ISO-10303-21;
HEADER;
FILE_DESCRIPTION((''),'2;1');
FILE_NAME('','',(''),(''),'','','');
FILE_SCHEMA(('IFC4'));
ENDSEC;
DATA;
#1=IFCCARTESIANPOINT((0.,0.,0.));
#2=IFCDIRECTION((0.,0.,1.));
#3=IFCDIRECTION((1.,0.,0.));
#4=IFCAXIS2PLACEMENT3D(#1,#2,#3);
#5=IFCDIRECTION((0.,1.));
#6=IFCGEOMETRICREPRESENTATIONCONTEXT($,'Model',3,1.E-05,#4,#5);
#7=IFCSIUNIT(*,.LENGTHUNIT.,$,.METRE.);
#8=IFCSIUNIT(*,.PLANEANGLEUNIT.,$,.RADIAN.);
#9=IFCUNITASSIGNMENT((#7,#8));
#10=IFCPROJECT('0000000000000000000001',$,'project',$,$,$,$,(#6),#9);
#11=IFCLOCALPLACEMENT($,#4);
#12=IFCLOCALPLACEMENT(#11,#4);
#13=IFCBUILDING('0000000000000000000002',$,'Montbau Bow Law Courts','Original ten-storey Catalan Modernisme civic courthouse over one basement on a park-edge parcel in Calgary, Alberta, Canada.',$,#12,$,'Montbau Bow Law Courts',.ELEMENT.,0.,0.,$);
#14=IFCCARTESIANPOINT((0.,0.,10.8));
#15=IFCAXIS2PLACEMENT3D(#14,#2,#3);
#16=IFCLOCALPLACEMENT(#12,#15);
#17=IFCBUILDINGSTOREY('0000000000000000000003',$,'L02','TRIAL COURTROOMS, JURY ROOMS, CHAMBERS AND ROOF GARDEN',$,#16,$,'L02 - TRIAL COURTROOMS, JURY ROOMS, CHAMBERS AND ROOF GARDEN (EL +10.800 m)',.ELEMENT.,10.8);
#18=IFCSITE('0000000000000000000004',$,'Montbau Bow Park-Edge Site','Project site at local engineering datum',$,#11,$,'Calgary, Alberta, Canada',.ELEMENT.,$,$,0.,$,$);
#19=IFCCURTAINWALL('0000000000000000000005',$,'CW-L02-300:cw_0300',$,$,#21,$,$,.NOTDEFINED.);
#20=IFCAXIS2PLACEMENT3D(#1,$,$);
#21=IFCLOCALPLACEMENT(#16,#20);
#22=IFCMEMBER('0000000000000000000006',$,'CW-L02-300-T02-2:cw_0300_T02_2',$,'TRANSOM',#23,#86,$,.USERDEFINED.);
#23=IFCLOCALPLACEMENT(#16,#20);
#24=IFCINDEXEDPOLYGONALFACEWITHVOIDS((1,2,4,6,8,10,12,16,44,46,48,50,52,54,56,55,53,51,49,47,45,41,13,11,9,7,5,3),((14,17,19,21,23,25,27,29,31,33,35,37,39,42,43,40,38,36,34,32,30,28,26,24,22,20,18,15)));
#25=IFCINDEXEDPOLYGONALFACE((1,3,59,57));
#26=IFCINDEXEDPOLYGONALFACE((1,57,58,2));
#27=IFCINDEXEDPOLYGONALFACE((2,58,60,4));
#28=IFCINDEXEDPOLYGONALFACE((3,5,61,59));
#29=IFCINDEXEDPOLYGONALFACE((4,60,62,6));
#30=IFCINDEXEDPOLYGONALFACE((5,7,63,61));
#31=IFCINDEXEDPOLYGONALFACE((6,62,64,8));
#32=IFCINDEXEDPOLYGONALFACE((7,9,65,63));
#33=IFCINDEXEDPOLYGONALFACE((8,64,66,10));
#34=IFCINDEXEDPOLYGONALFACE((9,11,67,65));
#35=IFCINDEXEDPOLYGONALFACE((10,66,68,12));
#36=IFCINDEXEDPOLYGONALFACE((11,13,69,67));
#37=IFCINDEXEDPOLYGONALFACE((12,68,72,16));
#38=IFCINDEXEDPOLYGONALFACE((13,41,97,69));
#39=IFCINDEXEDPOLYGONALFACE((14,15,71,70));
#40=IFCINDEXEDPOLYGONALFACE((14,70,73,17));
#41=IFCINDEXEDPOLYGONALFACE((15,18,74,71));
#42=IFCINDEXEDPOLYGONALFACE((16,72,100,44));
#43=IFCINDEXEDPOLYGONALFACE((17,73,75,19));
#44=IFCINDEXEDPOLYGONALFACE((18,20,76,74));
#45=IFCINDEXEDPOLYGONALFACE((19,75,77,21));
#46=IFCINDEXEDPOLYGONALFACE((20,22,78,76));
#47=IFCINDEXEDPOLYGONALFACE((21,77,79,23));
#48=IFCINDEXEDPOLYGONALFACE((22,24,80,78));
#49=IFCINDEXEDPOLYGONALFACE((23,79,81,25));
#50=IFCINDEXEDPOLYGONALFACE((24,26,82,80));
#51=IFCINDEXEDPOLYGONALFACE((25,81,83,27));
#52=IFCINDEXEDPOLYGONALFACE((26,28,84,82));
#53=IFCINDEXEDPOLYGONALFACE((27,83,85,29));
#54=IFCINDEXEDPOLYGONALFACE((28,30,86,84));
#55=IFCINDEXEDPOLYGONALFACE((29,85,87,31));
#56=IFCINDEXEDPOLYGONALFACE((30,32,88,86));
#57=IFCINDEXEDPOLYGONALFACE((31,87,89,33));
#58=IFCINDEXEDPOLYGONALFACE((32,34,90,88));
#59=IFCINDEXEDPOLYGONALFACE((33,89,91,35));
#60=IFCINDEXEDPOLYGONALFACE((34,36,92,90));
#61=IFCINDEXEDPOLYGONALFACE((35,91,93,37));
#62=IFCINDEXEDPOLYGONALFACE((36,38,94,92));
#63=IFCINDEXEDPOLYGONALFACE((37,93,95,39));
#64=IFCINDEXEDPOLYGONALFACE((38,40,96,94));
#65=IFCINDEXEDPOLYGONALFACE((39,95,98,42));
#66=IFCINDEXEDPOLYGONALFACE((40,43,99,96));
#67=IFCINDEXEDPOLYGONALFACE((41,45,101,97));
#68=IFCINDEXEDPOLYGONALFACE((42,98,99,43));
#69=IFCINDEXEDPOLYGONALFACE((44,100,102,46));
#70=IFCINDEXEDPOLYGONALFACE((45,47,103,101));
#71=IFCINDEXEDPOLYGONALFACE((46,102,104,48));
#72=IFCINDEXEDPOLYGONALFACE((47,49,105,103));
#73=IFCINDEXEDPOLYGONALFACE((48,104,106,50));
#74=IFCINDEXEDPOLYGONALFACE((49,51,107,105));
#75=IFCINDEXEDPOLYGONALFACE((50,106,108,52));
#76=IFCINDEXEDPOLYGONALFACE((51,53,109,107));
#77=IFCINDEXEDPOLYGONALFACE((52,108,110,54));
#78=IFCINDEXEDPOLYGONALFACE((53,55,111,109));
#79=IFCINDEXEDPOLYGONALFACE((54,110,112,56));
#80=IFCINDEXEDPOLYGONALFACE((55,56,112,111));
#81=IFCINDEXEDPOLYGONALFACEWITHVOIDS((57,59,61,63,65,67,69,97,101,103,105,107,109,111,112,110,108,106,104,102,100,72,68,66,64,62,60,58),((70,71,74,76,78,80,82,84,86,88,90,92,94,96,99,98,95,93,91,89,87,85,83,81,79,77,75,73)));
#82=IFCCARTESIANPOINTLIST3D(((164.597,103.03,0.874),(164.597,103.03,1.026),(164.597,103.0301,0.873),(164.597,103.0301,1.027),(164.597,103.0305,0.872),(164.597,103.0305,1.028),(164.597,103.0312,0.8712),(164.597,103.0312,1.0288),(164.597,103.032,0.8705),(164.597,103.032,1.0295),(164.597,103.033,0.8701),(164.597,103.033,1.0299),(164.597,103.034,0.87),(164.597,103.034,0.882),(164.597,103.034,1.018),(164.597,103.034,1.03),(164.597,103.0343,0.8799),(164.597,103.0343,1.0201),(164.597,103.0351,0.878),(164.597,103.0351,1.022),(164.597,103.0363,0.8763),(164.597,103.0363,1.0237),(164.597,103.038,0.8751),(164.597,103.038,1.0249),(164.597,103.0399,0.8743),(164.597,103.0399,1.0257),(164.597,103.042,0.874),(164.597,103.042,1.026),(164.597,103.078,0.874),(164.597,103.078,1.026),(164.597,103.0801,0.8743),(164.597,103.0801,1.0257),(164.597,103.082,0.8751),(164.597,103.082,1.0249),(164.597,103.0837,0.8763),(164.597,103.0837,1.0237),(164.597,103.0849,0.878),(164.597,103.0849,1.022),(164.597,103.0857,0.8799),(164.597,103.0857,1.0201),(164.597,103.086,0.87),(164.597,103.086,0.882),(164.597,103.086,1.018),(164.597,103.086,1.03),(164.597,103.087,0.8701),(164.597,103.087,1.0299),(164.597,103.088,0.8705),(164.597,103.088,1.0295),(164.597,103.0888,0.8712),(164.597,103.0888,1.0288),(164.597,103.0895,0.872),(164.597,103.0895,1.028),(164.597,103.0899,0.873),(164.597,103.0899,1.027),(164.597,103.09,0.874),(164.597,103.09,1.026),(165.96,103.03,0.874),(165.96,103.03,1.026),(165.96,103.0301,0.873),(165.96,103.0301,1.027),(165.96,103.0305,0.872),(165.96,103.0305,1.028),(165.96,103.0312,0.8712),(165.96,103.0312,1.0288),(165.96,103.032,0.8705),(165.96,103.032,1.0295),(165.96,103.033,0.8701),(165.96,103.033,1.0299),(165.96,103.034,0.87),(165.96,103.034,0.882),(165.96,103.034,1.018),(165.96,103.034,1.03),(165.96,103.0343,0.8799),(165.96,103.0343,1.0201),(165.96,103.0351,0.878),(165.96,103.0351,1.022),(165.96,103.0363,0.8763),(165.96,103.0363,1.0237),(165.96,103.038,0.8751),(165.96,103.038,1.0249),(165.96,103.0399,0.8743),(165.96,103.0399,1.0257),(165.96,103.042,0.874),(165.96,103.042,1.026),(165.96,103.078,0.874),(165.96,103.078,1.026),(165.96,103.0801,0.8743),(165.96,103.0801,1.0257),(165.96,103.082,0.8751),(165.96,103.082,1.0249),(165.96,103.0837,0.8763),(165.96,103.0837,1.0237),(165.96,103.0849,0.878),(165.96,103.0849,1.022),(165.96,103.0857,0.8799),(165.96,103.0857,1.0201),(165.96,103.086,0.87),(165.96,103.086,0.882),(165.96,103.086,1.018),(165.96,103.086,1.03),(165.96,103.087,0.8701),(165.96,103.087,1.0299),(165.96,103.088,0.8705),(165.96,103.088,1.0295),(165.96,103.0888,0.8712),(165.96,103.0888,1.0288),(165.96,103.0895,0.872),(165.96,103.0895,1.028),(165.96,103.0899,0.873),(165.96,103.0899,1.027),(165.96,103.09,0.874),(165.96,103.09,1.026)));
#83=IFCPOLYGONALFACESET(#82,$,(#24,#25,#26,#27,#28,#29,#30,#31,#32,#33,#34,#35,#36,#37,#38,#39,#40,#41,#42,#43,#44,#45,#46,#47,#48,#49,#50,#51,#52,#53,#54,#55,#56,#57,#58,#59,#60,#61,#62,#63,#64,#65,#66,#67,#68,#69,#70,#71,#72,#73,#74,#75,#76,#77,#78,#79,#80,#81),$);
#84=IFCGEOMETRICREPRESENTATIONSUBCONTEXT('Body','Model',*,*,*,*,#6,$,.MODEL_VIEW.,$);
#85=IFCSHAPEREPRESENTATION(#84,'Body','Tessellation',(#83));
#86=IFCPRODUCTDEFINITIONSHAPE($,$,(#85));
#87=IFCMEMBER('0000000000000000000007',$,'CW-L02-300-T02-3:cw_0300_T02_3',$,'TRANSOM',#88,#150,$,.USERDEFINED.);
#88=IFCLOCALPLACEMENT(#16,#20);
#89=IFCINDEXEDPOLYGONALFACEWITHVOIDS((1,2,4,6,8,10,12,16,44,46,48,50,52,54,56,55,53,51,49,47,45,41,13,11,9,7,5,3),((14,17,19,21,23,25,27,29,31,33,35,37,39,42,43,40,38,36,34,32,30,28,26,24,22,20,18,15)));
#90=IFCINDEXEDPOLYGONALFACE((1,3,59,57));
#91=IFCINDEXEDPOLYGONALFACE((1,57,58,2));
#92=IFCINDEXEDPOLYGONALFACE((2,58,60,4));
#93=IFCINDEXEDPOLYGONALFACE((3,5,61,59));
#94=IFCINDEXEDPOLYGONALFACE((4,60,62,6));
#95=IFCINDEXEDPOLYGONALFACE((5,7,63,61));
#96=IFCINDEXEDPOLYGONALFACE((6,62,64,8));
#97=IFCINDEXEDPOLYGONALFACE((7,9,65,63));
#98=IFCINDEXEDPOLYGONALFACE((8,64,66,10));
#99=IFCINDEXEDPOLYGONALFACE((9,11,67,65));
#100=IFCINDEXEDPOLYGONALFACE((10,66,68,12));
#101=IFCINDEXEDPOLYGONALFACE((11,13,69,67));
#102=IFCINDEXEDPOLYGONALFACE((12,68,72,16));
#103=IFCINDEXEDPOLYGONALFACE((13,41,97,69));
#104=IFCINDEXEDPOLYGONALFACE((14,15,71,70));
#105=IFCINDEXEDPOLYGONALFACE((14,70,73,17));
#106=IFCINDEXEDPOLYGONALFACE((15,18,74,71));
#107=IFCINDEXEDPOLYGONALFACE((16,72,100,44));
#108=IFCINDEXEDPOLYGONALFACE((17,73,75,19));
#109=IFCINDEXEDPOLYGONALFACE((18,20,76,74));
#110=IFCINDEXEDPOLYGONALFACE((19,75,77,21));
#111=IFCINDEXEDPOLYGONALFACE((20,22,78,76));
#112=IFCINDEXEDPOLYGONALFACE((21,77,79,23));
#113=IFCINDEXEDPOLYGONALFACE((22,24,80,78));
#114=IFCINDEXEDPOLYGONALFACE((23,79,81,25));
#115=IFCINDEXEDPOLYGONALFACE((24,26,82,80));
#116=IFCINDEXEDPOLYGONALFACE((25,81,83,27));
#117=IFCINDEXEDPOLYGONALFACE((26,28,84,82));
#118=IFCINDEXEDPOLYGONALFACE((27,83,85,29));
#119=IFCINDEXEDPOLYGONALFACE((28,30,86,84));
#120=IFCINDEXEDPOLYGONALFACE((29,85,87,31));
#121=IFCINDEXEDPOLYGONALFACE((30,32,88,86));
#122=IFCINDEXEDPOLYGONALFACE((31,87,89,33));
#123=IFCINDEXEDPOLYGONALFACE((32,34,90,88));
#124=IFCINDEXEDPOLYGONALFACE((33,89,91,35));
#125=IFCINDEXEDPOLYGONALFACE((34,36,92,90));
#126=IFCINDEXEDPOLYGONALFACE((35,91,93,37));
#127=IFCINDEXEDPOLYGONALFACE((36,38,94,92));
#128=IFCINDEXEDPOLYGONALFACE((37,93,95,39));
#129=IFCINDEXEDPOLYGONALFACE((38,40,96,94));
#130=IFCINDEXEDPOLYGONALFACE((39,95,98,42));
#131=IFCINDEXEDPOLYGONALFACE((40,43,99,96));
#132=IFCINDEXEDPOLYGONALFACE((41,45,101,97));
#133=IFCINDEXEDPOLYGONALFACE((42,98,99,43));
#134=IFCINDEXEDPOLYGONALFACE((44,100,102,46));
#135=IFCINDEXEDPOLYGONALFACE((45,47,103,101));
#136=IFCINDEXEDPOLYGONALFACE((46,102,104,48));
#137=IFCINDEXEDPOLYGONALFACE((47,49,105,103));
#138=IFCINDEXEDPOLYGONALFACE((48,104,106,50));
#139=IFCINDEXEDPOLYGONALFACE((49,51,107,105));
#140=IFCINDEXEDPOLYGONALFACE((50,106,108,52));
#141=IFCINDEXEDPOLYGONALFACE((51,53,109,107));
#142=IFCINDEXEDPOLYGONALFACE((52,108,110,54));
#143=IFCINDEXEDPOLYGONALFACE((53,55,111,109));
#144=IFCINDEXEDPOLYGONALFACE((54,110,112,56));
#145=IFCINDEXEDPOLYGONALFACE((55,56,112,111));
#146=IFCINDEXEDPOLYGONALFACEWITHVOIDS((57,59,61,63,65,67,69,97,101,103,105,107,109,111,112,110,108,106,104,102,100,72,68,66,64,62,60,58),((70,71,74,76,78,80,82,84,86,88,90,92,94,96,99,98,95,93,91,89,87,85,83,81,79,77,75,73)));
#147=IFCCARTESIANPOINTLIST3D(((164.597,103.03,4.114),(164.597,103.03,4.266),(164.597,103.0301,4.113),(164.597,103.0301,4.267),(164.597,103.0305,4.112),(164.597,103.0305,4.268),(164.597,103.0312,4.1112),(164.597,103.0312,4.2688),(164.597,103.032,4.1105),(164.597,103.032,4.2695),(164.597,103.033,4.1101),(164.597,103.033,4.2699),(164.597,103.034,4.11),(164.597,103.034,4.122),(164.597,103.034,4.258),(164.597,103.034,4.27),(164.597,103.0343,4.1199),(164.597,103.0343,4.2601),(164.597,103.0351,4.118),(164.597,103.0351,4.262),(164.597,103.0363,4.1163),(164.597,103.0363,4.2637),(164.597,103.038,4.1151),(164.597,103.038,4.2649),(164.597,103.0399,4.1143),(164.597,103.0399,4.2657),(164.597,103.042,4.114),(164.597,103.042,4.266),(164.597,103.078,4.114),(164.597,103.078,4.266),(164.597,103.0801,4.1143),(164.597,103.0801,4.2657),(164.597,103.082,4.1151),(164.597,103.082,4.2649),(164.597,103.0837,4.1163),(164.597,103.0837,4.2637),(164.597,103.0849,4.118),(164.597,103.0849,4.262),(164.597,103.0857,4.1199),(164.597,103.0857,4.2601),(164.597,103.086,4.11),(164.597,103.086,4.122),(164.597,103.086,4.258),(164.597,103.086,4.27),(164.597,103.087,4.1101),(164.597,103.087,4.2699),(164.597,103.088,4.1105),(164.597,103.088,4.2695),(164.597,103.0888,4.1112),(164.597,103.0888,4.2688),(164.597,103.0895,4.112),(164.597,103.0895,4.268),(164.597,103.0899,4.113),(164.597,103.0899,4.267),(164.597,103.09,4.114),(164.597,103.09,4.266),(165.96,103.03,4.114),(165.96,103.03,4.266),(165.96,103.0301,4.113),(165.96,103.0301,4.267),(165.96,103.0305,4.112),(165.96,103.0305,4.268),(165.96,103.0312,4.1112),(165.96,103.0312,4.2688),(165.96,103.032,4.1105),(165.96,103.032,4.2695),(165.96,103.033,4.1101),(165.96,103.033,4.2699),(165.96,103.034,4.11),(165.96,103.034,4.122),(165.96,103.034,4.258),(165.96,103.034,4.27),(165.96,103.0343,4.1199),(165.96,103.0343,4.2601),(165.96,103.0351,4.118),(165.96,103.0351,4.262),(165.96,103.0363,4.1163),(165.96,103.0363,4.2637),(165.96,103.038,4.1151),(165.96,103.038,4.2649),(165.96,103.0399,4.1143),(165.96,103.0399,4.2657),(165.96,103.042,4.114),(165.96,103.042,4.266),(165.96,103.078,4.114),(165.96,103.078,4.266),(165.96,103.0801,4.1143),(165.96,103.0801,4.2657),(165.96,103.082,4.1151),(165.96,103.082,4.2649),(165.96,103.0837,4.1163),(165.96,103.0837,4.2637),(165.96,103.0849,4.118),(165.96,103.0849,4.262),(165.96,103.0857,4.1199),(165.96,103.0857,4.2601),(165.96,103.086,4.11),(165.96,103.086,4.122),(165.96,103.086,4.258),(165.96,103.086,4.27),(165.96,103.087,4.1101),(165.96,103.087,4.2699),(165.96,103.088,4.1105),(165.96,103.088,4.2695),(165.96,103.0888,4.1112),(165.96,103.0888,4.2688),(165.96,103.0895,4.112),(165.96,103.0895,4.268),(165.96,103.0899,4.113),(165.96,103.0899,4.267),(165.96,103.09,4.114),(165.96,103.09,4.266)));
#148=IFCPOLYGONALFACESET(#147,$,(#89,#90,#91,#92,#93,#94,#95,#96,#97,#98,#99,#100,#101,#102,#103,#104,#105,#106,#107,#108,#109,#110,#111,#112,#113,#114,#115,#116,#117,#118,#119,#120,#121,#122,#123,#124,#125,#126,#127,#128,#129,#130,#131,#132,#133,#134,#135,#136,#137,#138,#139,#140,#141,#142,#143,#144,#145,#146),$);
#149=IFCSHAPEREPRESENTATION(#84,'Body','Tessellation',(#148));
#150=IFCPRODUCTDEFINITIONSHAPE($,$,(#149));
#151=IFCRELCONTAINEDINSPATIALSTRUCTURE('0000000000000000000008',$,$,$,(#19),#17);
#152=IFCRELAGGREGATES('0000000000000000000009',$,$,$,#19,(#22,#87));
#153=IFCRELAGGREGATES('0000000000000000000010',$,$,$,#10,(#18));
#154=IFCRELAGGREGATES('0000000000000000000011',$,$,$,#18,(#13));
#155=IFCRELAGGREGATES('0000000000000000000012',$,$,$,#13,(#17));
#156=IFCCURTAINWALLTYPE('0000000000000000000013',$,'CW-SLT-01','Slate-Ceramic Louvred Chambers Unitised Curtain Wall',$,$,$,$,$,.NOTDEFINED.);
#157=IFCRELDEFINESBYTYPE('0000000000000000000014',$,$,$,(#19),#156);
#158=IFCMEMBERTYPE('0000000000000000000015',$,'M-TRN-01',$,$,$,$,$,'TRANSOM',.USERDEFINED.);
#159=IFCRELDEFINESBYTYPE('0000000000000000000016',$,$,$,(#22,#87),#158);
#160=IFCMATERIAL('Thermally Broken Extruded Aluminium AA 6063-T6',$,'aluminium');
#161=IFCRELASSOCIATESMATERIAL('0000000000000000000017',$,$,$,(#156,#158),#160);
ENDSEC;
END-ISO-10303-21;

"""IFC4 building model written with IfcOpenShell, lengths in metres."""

from ifc_helpers import new_model, si_unit, direction, frame, origin_with_axes, origin_2d_with_axis, place, context, subcontext, project, spatial, hollow_rectangle, extrude, material, material_profile, profile_set, type_object, element, aggregate, save


model = new_model("IFC4")

# Units and contexts
model_context = context("Model", 3, precision=1e-05, world=origin_with_axes(), true_north=direction((0.0, 1.0)))
body_context = subcontext(model_context, "Body", "Model", "MODEL_VIEW")
ifc_project = project(units=[si_unit("LENGTHUNIT", "METRE"), si_unit("PLANEANGLEUNIT", "RADIAN")], contexts=[model_context])

# Site, building, storey
site_placement = place(None, origin_with_axes())
site = spatial("IfcSite", under=ifc_project, at=site_placement, Name="Montbau Bow Park-Edge Site", Description="Project site at local engineering datum", LongName="Calgary, Alberta, Canada", CompositionType="ELEMENT", RefElevation=0.0)
building_placement = place(site_placement, origin_with_axes())
building = spatial("IfcBuilding", under=site, at=building_placement, Name="Montbau Bow Law Courts", Description="Original ten-storey Catalan Modernisme civic courthouse over one basement on a park-edge parcel in Calgary, Alberta, Canada.", LongName="Montbau Bow Law Courts", CompositionType="ELEMENT", ElevationOfRefHeight=0.0, ElevationOfTerrain=0.0)
storey_placement = place(building_placement, frame((0.0, 0.0, 10.8), z_axis=(0.0, 0.0, 1.0), x_axis=(1.0, 0.0, 0.0)))
storey = spatial("IfcBuildingStorey", under=building, at=storey_placement, Name="L02", Description="TRIAL COURTROOMS, JURY ROOMS, CHAMBERS AND ROOF GARDEN", LongName="L02 - TRIAL COURTROOMS, JURY ROOMS, CHAMBERS AND ROOF GARDEN (EL +10.800 m)", CompositionType="ELEMENT", Elevation=10.8)

# Curtain wall, members
ifc_material_1 = material(Name="Thermally Broken Extruded Aluminium AA 6063-T6", Category="aluminium")
curtain_wall_type = type_object("IfcCurtainWallType", Name="CW-SLT-01", Description="Slate-Ceramic Louvred Chambers Unitised Curtain Wall", PredefinedType="NOTDEFINED", material=ifc_material_1)
curtain_wall_placement = place(None, frame((163.115, 103.06, 10.8), z_axis=(0.0, 0.0, 1.0), x_axis=(1.0, 0.0, 0.0)))
curtain_wall = element("IfcCurtainWall", 1, at=curtain_wall_placement, inside=storey, type_object=curtain_wall_type, Name="CW-L02-300:cw_0300", PredefinedType="NOTDEFINED")
ifc_material_profile_1 = material_profile(ifc_material_1, hollow_rectangle(XDim=0.06, YDim=0.16, WallThickness=0.004, InnerFilletRadius=0.008, OuterFilletRadius=0.004, at=origin_2d_with_axis()), Name="CWT-160X60", Category="Main", Priority=0)
ifc_profile_set_1 = profile_set([ifc_material_profile_1], Name="Thermally Broken Extruded Aluminium AA 6063-T6")
member_type_1 = type_object("IfcMemberType", Name="M-TRN-01", ElementType="TRANSOM", PredefinedType="USERDEFINED", material=ifc_profile_set_1)
member_1_placement = place(None, frame((164.597, 103.06, 11.75), z_axis=(1.0, 0.0, 0.0), x_axis=(0.0, 1.0, 0.0)))
member_1 = element("IfcMember", 2, at=member_1_placement, type_object=member_type_1, Name="CW-L02-300-T02-2:cw_0300_T02_2", ObjectType="TRANSOM", PredefinedType="USERDEFINED", context=body_context, shape_type="SweptSolid", body=[
    extrude(hollow_rectangle(XDim=0.06, YDim=0.16, WallThickness=0.004, InnerFilletRadius=0.008, OuterFilletRadius=0.004, at=origin_2d_with_axis()), origin_with_axes(), (0.0, 0.0, 1.0), 1.363),
])
member_2_placement = place(None, frame((164.597, 103.06, 14.99), z_axis=(1.0, 0.0, 0.0), x_axis=(0.0, 1.0, 0.0)))
member_2 = element("IfcMember", 3, at=member_2_placement, type_object=member_type_1, Name="CW-L02-300-T02-3:cw_0300_T02_3", ObjectType="TRANSOM", PredefinedType="USERDEFINED", context=body_context, shape_type="SweptSolid", body=[
    extrude(hollow_rectangle(XDim=0.06, YDim=0.16, WallThickness=0.004, InnerFilletRadius=0.008, OuterFilletRadius=0.004, at=origin_2d_with_axis()), origin_with_axes(), (0.0, 0.0, 1.0), 1.363),
])
aggregate(curtain_wall, [member_1, member_2])

save(model, "model.ifc")
